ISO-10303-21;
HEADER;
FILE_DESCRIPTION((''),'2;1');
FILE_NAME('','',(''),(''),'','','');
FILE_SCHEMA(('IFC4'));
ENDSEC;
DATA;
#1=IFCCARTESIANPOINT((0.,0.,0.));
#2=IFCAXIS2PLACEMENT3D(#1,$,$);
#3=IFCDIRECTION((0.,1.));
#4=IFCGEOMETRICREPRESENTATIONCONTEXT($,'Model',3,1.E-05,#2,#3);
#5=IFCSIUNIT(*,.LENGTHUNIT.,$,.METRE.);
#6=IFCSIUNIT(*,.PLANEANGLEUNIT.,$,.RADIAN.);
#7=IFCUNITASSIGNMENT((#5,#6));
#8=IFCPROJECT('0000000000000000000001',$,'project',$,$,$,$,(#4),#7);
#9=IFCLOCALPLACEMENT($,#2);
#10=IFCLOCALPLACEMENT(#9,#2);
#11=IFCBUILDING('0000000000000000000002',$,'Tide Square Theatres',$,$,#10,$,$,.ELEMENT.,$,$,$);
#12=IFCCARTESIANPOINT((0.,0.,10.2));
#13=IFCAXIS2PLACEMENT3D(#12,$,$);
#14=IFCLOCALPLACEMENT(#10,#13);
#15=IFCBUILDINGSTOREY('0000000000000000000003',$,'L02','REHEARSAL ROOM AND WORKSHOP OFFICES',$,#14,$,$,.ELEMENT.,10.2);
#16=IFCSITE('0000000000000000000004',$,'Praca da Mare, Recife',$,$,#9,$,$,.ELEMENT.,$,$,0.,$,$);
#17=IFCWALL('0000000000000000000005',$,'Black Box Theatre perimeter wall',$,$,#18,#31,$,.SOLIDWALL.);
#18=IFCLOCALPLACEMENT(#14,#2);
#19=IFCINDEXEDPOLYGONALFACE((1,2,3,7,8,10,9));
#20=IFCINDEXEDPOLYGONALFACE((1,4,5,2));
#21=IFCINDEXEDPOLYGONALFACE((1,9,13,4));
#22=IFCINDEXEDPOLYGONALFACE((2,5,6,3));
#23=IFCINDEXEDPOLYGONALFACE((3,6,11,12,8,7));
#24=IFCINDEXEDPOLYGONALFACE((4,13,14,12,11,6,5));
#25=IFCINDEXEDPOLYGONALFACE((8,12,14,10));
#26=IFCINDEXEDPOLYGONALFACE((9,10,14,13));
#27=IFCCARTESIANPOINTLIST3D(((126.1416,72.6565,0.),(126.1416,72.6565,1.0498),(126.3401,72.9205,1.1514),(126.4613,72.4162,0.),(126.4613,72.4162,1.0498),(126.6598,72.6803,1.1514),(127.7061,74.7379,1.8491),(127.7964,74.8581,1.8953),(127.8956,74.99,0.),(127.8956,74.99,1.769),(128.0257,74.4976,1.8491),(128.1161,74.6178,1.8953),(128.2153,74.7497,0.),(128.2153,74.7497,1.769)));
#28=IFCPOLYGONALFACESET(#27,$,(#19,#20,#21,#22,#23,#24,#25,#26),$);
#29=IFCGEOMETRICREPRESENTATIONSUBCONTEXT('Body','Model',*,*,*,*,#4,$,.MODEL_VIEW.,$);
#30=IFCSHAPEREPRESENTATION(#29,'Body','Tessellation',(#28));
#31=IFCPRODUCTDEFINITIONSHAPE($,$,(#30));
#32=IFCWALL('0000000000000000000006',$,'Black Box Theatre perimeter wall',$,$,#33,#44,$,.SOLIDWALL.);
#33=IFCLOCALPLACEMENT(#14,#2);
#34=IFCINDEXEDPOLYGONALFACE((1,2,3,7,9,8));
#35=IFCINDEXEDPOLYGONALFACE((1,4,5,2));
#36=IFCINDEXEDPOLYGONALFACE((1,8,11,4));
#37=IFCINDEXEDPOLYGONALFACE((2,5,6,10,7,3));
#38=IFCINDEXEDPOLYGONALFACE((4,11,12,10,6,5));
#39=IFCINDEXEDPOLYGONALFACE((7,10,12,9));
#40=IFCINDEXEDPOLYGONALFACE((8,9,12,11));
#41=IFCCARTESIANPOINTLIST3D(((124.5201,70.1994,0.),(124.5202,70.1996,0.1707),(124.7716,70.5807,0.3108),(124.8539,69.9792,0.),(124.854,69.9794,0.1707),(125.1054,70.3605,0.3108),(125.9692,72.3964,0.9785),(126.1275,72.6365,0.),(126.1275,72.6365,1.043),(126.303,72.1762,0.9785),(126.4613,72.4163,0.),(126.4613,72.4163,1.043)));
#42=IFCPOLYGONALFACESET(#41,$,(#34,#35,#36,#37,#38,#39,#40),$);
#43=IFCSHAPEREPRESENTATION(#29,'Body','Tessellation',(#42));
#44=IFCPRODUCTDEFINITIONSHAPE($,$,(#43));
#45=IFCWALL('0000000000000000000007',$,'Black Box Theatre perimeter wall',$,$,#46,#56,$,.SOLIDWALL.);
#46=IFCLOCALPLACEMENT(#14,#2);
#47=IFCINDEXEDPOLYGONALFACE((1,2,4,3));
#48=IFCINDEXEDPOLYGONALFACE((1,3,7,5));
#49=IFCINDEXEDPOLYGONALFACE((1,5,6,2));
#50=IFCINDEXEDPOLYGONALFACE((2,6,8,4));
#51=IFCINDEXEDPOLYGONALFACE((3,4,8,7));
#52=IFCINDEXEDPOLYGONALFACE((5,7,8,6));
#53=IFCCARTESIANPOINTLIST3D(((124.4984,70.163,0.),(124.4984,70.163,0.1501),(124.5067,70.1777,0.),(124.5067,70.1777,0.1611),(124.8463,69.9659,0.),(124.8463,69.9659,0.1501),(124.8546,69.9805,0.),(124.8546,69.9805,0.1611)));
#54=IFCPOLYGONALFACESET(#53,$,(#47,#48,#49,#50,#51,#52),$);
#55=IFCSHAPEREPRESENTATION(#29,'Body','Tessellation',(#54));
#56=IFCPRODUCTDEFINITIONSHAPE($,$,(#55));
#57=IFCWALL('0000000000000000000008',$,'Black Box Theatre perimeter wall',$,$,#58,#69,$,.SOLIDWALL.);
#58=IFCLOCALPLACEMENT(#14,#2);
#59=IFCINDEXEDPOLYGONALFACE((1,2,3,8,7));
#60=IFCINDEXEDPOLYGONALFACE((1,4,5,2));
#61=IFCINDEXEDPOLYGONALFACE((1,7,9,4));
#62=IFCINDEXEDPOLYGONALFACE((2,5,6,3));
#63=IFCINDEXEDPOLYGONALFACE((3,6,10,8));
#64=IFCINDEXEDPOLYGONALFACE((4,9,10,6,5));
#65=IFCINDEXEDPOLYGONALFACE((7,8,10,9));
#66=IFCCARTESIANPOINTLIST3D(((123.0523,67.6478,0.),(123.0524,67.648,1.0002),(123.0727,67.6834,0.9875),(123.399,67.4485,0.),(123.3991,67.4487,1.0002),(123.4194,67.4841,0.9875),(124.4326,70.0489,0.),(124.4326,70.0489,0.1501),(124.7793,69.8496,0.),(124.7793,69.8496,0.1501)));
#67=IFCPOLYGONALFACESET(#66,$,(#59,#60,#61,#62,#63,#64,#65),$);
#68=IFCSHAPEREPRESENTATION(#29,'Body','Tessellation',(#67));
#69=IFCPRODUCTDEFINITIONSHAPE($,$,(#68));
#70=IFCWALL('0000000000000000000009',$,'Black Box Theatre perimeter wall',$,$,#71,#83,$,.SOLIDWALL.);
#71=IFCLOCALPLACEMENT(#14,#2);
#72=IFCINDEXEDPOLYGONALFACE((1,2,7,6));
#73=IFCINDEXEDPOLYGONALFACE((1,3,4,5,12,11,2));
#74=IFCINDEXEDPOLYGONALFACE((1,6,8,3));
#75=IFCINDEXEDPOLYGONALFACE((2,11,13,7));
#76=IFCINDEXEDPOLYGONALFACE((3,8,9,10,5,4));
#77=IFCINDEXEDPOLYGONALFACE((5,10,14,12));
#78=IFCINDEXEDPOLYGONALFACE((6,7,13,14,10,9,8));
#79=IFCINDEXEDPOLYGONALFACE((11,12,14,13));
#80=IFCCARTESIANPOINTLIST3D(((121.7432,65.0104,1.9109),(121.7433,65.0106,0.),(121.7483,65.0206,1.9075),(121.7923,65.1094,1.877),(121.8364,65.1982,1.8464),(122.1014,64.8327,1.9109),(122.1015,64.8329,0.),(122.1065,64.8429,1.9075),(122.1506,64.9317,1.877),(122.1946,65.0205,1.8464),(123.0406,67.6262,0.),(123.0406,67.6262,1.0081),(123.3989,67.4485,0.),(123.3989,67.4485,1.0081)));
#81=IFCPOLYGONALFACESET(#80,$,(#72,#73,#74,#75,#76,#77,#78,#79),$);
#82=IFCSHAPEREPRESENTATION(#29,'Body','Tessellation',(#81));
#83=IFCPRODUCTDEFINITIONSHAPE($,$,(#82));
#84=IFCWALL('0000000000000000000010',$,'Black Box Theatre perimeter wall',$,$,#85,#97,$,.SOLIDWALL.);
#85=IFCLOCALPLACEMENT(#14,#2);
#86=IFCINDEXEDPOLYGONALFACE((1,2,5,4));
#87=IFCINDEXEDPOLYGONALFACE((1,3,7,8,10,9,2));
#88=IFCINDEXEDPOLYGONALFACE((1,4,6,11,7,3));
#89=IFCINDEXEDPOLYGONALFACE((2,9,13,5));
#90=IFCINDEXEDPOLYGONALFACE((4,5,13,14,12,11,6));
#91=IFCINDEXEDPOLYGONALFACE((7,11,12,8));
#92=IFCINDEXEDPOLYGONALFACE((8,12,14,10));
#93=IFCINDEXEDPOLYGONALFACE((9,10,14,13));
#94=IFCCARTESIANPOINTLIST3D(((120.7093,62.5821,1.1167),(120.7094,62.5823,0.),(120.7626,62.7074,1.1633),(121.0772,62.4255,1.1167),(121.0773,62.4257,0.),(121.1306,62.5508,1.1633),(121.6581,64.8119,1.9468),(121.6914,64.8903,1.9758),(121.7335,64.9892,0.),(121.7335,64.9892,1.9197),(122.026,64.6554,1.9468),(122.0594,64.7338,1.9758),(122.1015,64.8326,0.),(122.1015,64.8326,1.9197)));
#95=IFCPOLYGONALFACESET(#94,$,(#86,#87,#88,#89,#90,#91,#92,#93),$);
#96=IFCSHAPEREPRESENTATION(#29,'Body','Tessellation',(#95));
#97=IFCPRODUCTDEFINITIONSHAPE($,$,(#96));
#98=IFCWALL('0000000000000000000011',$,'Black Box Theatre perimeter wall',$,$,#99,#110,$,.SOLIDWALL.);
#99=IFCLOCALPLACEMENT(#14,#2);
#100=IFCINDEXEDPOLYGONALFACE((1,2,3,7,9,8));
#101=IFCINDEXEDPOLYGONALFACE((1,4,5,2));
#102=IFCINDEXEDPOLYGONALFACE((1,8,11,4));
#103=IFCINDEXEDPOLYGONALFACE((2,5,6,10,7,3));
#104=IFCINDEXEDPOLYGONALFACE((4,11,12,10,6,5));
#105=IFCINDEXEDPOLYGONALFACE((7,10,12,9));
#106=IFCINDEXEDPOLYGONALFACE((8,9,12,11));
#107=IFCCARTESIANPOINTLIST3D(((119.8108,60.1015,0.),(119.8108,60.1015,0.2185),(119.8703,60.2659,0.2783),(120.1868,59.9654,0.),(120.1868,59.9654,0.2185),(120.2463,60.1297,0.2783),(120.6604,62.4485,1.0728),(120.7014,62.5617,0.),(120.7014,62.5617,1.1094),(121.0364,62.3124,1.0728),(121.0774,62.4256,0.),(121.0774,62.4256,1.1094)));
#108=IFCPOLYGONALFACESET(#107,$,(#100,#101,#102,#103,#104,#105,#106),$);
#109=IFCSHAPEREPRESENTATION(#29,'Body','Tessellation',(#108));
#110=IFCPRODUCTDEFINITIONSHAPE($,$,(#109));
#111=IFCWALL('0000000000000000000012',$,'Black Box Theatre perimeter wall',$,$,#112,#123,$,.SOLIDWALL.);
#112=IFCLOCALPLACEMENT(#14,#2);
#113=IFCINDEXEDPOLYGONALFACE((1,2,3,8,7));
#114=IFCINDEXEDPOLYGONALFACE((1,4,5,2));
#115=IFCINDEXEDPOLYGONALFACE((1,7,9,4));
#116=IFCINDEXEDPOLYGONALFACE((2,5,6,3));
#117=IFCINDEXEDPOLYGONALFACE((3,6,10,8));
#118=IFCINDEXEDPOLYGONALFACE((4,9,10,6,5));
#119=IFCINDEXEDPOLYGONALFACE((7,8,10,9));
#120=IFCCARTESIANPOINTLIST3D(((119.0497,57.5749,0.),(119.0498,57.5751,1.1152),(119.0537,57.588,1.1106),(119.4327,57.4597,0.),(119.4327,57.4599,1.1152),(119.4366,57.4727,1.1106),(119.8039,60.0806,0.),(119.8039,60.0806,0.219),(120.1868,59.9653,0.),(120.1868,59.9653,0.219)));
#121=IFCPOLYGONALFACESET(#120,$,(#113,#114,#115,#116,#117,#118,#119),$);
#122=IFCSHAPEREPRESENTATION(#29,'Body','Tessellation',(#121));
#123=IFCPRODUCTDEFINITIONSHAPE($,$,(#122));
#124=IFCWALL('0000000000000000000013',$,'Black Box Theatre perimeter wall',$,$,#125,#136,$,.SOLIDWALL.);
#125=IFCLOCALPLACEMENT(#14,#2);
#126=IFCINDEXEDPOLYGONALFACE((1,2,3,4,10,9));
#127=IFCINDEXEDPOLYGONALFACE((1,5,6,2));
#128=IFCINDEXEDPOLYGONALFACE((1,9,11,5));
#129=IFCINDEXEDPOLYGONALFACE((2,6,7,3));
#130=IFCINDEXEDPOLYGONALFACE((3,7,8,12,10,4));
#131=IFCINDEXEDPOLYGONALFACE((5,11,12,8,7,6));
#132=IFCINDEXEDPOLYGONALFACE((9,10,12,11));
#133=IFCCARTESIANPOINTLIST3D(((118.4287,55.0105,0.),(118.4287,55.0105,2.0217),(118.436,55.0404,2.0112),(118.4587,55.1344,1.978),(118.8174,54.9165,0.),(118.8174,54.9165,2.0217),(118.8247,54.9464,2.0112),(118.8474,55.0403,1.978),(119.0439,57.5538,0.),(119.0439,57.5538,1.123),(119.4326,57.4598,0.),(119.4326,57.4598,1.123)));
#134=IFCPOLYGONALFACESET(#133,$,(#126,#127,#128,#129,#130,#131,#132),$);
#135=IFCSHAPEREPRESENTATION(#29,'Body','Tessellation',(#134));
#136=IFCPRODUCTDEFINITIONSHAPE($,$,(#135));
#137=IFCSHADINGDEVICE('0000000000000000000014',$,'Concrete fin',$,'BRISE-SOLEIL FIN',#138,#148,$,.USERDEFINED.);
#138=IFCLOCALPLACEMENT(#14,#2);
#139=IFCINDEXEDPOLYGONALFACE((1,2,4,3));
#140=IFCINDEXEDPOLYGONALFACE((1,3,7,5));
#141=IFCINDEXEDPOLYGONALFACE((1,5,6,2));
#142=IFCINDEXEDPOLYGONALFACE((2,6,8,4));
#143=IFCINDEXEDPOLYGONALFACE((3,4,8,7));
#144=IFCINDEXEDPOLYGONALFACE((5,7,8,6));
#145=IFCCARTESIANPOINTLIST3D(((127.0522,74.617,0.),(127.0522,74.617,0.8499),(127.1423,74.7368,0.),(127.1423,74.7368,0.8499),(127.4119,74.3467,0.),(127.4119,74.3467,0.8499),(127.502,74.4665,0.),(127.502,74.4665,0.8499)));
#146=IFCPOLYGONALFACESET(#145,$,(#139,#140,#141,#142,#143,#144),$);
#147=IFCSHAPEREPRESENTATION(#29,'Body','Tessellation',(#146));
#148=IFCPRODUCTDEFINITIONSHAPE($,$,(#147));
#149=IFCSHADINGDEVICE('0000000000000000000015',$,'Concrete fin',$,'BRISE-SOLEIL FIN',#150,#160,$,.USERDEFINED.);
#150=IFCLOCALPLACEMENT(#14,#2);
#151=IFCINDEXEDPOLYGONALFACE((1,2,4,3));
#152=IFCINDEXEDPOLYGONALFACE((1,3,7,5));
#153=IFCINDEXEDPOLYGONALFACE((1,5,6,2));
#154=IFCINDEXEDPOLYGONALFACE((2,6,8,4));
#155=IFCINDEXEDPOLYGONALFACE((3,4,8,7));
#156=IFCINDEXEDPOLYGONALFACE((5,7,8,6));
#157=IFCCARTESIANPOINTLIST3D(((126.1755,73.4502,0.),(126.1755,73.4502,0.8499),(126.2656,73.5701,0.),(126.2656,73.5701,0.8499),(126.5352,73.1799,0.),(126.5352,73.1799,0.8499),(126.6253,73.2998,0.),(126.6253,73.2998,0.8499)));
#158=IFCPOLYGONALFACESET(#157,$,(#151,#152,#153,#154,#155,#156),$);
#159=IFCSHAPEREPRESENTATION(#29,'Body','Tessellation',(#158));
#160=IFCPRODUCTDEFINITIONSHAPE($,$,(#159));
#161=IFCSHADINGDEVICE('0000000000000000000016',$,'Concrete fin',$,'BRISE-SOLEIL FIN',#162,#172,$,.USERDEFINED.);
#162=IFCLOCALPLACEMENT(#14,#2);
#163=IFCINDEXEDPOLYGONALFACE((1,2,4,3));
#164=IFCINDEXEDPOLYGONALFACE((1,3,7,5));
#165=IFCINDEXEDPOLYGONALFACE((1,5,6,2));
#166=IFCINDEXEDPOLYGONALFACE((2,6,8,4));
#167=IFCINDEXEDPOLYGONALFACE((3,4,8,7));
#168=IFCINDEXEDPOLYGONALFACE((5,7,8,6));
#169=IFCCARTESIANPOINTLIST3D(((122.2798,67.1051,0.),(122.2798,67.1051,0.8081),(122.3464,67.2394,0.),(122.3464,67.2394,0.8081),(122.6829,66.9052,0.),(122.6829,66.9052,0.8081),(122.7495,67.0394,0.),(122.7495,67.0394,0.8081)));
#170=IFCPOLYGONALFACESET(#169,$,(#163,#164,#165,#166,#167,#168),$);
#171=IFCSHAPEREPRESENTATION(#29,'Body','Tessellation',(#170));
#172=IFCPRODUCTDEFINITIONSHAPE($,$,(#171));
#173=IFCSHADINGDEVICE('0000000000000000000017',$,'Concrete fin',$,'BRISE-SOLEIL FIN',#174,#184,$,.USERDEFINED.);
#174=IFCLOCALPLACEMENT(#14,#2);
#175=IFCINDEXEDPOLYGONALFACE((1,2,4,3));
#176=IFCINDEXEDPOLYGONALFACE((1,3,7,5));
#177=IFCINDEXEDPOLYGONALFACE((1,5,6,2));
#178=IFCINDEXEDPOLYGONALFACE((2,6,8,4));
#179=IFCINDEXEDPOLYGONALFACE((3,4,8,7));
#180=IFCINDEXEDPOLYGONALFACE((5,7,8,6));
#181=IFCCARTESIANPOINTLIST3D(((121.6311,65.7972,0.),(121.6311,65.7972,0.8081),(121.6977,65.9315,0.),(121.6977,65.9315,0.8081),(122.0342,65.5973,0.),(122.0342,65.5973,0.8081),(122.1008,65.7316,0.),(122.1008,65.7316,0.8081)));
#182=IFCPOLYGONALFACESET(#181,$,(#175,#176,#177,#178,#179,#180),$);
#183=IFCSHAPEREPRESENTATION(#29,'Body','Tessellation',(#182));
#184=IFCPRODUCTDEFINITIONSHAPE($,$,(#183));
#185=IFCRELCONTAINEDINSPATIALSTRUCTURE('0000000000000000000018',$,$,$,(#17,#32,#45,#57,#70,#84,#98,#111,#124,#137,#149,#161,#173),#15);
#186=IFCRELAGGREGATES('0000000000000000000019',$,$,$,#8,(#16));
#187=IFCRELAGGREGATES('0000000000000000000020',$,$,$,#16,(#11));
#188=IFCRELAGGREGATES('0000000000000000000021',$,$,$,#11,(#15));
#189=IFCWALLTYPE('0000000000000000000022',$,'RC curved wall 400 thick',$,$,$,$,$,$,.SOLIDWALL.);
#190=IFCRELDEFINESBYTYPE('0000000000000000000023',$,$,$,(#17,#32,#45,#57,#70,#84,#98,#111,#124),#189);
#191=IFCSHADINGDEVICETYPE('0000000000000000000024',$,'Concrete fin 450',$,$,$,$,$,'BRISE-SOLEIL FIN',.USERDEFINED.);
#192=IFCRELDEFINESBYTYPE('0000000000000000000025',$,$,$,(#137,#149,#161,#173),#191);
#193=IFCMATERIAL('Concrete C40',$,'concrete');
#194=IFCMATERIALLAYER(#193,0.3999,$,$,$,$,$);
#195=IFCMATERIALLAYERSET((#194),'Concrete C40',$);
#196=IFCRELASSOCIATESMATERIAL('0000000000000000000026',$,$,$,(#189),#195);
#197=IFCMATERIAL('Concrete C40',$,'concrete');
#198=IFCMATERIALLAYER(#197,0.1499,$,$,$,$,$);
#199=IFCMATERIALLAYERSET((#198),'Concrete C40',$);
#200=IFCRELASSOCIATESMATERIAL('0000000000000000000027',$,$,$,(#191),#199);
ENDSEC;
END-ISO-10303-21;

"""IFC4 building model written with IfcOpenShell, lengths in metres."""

from ifc_helpers import new_model, si_unit, direction, frame, origin, origin_2d, place, context, subcontext, project, spatial, polyline, rectangle, outline, extrude, material, layer, layer_set, type_object, element, save


model = new_model("IFC4")

# Units and contexts
model_context = context("Model", 3, precision=1e-05, world=origin(), true_north=direction((0.0, 1.0)))
body_context = subcontext(model_context, "Body", "Model", "MODEL_VIEW")
ifc_project = project(units=[si_unit("LENGTHUNIT", "METRE"), si_unit("PLANEANGLEUNIT", "RADIAN")], contexts=[model_context])

# Site, building, storey
site_placement = place(None, origin())
site = spatial("IfcSite", under=ifc_project, at=site_placement, Name="Praca da Mare, Recife", CompositionType="ELEMENT", RefElevation=0.0)
building_placement = place(site_placement, origin())
building = spatial("IfcBuilding", under=site, at=building_placement, Name="Tide Square Theatres", CompositionType="ELEMENT")
storey_placement = place(building_placement, frame((0.0, 0.0, 10.2)))
storey = spatial("IfcBuildingStorey", under=building, at=storey_placement, Name="L02", Description="REHEARSAL ROOM AND WORKSHOP OFFICES", CompositionType="ELEMENT", Elevation=10.2)

# Walls
ifc_material_1 = material(Name="Concrete C40", Category="concrete")
ifc_layer_1 = layer(ifc_material_1, 0.3999)
ifc_layer_set_1 = layer_set([ifc_layer_1], Name="Concrete C40")
wall_type = type_object("IfcWallType", Name="RC curved wall 400 thick", PredefinedType="SOLIDWALL", material=ifc_layer_set_1)
wall_1_placement = place(storey_placement, frame((128.0554, 74.8699, 0.0), z_axis=(0.0, 0.0, 1.0), x_axis=(-0.600829, -0.799377, 0.0)))
element("IfcWall", 1, at=wall_1_placement, inside=storey, type_object=wall_type, Name="Black Box Theatre perimeter wall", PredefinedType="SOLIDWALL", context=body_context, shape_type="SweptSolid", body=[
    extrude(outline(polyline([(0.0, 0.0), (2.9192, 0.0), (2.9192, 1.0498), (2.5889, 1.1514), (0.3154, 1.8491), (0.165, 1.8953), (0.0, 1.769), (0.0, 0.0)])), frame((0.0, 0.2, 0.0), z_axis=(0.0, -1.0, 0.0), x_axis=(1.0, 0.0, 0.0)), (0.0, 0.0, 1.0), 0.3999),
])
wall_2_placement = place(storey_placement, frame((126.2944, 72.5264, 0.0), z_axis=(0.0, 0.0, 1.0), x_axis=(-0.550602, -0.834768, 0.0)))
element("IfcWall", 2, at=wall_2_placement, inside=storey, type_object=wall_type, Name="Black Box Theatre perimeter wall", PredefinedType="SOLIDWALL", context=body_context, shape_type="SweptSolid", body=[
    extrude(outline(polyline([(0.0, 0.0), (2.9194, 0.0), (2.9192, 0.1707), (2.4626, 0.3108), (0.2876, 0.9785), (0.0, 1.043), (0.0, 0.0)])), frame((0.0, 0.2, 0.0), z_axis=(0.0, -1.0, 0.0), x_axis=(1.0, 0.0, 0.0)), (0.0, 0.0, 1.0), 0.3999),
])
wall_3_placement = place(storey_placement, frame((124.6807, 70.0791, 0.0), z_axis=(0.0, 0.0, 1.0), x_axis=(-0.493013, -0.870022, 0.0)))
element("IfcWall", 3, at=wall_3_placement, inside=storey, type_object=wall_type, Name="Black Box Theatre perimeter wall", PredefinedType="SOLIDWALL", context=body_context, shape_type="SweptSolid", body=[
    extrude(outline(polyline([(0.0, 0.0), (0.0168, 0.0), (0.0168, 0.1501), (0.0, 0.1611), (0.0, 0.0)])), frame((0.0, 0.2, 0.0), z_axis=(0.0, -1.0, 0.0), x_axis=(1.0, 0.0, 0.0)), (0.0, 0.0, 1.0), 0.3999),
])
wall_4_placement = place(storey_placement, frame((124.606, 69.9492, 0.0), z_axis=(0.0, 0.0, 1.0), x_axis=(-0.498397, -0.866949, 0.0)))
element("IfcWall", 4, at=wall_4_placement, inside=storey, type_object=wall_type, Name="Black Box Theatre perimeter wall", PredefinedType="SOLIDWALL", context=body_context, shape_type="SweptSolid", body=[
    extrude(outline(polyline([(0.0, 0.0), (2.7695, 0.0), (2.7693, 1.0002), (2.7285, 0.9875), (0.0, 0.1501), (0.0, 0.0)])), frame((0.0, 0.2, 0.0), z_axis=(0.0, -1.0, 0.0), x_axis=(1.0, 0.0, 0.0)), (0.0, 0.0, 1.0), 0.3999),
])
wall_5_placement = place(storey_placement, frame((123.2197, 67.5374, 0.0), z_axis=(0.0, 0.0, 1.0), x_axis=(-0.444335, -0.895861, 0.0)))
element("IfcWall", 5, at=wall_5_placement, inside=storey, type_object=wall_type, Name="Black Box Theatre perimeter wall", PredefinedType="SOLIDWALL", context=body_context, shape_type="SweptSolid", body=[
    extrude(outline(polyline([(0.0, 0.0), (2.9197, 0.0), (2.9199, 1.9109), (2.9084, 1.9075), (2.8093, 1.877), (2.7102, 1.8464), (0.0, 1.0081), (0.0, 0.0)])), frame((0.0, 0.2, 0.0), z_axis=(0.0, -1.0, 0.0), x_axis=(1.0, 0.0, 0.0)), (0.0, 0.0, 1.0), 0.3999),
])
wall_6_placement = place(storey_placement, frame((121.9175, 64.9109, 0.0), z_axis=(0.0, 0.0, 1.0), x_axis=(-0.39153, -0.920165, 0.0)))
element("IfcWall", 6, at=wall_6_placement, inside=storey, type_object=wall_type, Name="Black Box Theatre perimeter wall", PredefinedType="SOLIDWALL", context=body_context, shape_type="SweptSolid", body=[
    extrude(outline(polyline([(0.0, 0.0), (2.6157, 0.0), (2.616, 1.1167), (2.4797, 1.1633), (0.1926, 1.9468), (0.1074, 1.9758), (0.0, 1.9197), (0.0, 0.0)])), frame((0.0, 0.2, 0.0), z_axis=(0.0, -1.0, 0.0), x_axis=(1.0, 0.0, 0.0)), (0.0, 0.0, 1.0), 0.3999),
])
wall_7_placement = place(storey_placement, frame((120.8894, 62.4937, 0.0), z_axis=(0.0, 0.0, 1.0), x_axis=(-0.340394, -0.940283, 0.0)))
element("IfcWall", 7, at=wall_7_placement, inside=storey, type_object=wall_type, Name="Black Box Theatre perimeter wall", PredefinedType="SOLIDWALL", context=body_context, shape_type="SweptSolid", body=[
    extrude(outline(polyline([(0.0, 0.0), (2.6165, 0.0), (2.6165, 0.2185), (2.4417, 0.2783), (0.1204, 1.0728), (0.0, 1.1094), (0.0, 0.0)])), frame((0.0, 0.2, 0.0), z_axis=(0.0, -1.0, 0.0), x_axis=(1.0, 0.0, 0.0)), (0.0, 0.0, 1.0), 0.3999),
])
wall_8_placement = place(storey_placement, frame((119.9954, 60.0229, 0.0), z_axis=(0.0, 0.0, 1.0), x_axis=(-0.288212, -0.957567, 0.0)))
element("IfcWall", 8, at=wall_8_placement, inside=storey, type_object=wall_type, Name="Black Box Theatre perimeter wall", PredefinedType="SOLIDWALL", context=body_context, shape_type="SweptSolid", body=[
    extrude(outline(polyline([(0.0, 0.0), (2.6167, 0.0), (2.6165, 1.1152), (2.603, 1.1106), (0.0, 0.219), (0.0, 0.0)])), frame((0.0, 0.2, 0.0), z_axis=(0.0, -1.0, 0.0), x_axis=(1.0, 0.0, 0.0)), (0.0, 0.0, 1.0), 0.3999),
])
wall_9_placement = place(storey_placement, frame((119.2383, 57.5068, 0.0), z_axis=(0.0, 0.0, 1.0), x_axis=(-0.235109, -0.971969, 0.0)))
element("IfcWall", 9, at=wall_9_placement, inside=storey, type_object=wall_type, Name="Black Box Theatre perimeter wall", PredefinedType="SOLIDWALL", context=body_context, shape_type="SweptSolid", body=[
    extrude(outline(polyline([(0.0, 0.0), (2.6167, 0.0), (2.6167, 2.0217), (2.5859, 2.0112), (2.4893, 1.978), (0.0, 1.123), (0.0, 0.0)])), frame((0.0, 0.2, 0.0), z_axis=(0.0, -1.0, 0.0), x_axis=(1.0, 0.0, 0.0)), (0.0, 0.0, 1.0), 0.3999),
])

# Shading devices
ifc_material_2 = material(Name="Concrete C40", Category="concrete")
ifc_layer_2 = layer(ifc_material_2, 0.1499)
ifc_layer_set_2 = layer_set([ifc_layer_2], Name="Concrete C40")
shading_device_type = type_object("IfcShadingDeviceType", Name="Concrete fin 450", ElementType="BRISE-SOLEIL FIN", PredefinedType="USERDEFINED", material=ifc_layer_set_2)
for number, where, z_axis, x_axis, name in (
    (10, (127.2771, 74.5417, 0.0), (0.0, 0.0, 1.0), (-0.600769, -0.799423, 0.0), "Concrete fin"),
    (11, (126.4004, 73.375, 0.0), (0.0, 0.0, 1.0), (-0.600769, -0.799423, 0.0), "Concrete fin"),
):
    element("IfcShadingDevice", number, at=place(storey_placement, frame(where, z_axis=z_axis, x_axis=x_axis)), inside=storey, type_object=shading_device_type, Name=name, ObjectType="BRISE-SOLEIL FIN", PredefinedType="USERDEFINED", context=body_context, shape_type="SweptSolid", body=[
        extrude(rectangle(XDim=0.1499, YDim=0.45, at=origin_2d()), origin(), (0.0, 0.0, 1.0), 0.8499),
    ])
for number, where, z_axis, x_axis, name in (
    (12, (122.5146, 67.0723, 0.0), (0.0, 0.0, 1.0), (-0.444338, -0.895859, 0.0), "Concrete fin"),
    (13, (121.866, 65.7644, 0.0), (0.0, 0.0, 1.0), (-0.444338, -0.895859, 0.0), "Concrete fin"),
):
    element("IfcShadingDevice", number, at=place(storey_placement, frame(where, z_axis=z_axis, x_axis=x_axis)), inside=storey, type_object=shading_device_type, Name=name, ObjectType="BRISE-SOLEIL FIN", PredefinedType="USERDEFINED", context=body_context, shape_type="SweptSolid", body=[
        extrude(rectangle(XDim=0.1499, YDim=0.45, at=origin_2d()), origin(), (0.0, 0.0, 1.0), 0.8081),
    ])

save(model, "model.ifc")
